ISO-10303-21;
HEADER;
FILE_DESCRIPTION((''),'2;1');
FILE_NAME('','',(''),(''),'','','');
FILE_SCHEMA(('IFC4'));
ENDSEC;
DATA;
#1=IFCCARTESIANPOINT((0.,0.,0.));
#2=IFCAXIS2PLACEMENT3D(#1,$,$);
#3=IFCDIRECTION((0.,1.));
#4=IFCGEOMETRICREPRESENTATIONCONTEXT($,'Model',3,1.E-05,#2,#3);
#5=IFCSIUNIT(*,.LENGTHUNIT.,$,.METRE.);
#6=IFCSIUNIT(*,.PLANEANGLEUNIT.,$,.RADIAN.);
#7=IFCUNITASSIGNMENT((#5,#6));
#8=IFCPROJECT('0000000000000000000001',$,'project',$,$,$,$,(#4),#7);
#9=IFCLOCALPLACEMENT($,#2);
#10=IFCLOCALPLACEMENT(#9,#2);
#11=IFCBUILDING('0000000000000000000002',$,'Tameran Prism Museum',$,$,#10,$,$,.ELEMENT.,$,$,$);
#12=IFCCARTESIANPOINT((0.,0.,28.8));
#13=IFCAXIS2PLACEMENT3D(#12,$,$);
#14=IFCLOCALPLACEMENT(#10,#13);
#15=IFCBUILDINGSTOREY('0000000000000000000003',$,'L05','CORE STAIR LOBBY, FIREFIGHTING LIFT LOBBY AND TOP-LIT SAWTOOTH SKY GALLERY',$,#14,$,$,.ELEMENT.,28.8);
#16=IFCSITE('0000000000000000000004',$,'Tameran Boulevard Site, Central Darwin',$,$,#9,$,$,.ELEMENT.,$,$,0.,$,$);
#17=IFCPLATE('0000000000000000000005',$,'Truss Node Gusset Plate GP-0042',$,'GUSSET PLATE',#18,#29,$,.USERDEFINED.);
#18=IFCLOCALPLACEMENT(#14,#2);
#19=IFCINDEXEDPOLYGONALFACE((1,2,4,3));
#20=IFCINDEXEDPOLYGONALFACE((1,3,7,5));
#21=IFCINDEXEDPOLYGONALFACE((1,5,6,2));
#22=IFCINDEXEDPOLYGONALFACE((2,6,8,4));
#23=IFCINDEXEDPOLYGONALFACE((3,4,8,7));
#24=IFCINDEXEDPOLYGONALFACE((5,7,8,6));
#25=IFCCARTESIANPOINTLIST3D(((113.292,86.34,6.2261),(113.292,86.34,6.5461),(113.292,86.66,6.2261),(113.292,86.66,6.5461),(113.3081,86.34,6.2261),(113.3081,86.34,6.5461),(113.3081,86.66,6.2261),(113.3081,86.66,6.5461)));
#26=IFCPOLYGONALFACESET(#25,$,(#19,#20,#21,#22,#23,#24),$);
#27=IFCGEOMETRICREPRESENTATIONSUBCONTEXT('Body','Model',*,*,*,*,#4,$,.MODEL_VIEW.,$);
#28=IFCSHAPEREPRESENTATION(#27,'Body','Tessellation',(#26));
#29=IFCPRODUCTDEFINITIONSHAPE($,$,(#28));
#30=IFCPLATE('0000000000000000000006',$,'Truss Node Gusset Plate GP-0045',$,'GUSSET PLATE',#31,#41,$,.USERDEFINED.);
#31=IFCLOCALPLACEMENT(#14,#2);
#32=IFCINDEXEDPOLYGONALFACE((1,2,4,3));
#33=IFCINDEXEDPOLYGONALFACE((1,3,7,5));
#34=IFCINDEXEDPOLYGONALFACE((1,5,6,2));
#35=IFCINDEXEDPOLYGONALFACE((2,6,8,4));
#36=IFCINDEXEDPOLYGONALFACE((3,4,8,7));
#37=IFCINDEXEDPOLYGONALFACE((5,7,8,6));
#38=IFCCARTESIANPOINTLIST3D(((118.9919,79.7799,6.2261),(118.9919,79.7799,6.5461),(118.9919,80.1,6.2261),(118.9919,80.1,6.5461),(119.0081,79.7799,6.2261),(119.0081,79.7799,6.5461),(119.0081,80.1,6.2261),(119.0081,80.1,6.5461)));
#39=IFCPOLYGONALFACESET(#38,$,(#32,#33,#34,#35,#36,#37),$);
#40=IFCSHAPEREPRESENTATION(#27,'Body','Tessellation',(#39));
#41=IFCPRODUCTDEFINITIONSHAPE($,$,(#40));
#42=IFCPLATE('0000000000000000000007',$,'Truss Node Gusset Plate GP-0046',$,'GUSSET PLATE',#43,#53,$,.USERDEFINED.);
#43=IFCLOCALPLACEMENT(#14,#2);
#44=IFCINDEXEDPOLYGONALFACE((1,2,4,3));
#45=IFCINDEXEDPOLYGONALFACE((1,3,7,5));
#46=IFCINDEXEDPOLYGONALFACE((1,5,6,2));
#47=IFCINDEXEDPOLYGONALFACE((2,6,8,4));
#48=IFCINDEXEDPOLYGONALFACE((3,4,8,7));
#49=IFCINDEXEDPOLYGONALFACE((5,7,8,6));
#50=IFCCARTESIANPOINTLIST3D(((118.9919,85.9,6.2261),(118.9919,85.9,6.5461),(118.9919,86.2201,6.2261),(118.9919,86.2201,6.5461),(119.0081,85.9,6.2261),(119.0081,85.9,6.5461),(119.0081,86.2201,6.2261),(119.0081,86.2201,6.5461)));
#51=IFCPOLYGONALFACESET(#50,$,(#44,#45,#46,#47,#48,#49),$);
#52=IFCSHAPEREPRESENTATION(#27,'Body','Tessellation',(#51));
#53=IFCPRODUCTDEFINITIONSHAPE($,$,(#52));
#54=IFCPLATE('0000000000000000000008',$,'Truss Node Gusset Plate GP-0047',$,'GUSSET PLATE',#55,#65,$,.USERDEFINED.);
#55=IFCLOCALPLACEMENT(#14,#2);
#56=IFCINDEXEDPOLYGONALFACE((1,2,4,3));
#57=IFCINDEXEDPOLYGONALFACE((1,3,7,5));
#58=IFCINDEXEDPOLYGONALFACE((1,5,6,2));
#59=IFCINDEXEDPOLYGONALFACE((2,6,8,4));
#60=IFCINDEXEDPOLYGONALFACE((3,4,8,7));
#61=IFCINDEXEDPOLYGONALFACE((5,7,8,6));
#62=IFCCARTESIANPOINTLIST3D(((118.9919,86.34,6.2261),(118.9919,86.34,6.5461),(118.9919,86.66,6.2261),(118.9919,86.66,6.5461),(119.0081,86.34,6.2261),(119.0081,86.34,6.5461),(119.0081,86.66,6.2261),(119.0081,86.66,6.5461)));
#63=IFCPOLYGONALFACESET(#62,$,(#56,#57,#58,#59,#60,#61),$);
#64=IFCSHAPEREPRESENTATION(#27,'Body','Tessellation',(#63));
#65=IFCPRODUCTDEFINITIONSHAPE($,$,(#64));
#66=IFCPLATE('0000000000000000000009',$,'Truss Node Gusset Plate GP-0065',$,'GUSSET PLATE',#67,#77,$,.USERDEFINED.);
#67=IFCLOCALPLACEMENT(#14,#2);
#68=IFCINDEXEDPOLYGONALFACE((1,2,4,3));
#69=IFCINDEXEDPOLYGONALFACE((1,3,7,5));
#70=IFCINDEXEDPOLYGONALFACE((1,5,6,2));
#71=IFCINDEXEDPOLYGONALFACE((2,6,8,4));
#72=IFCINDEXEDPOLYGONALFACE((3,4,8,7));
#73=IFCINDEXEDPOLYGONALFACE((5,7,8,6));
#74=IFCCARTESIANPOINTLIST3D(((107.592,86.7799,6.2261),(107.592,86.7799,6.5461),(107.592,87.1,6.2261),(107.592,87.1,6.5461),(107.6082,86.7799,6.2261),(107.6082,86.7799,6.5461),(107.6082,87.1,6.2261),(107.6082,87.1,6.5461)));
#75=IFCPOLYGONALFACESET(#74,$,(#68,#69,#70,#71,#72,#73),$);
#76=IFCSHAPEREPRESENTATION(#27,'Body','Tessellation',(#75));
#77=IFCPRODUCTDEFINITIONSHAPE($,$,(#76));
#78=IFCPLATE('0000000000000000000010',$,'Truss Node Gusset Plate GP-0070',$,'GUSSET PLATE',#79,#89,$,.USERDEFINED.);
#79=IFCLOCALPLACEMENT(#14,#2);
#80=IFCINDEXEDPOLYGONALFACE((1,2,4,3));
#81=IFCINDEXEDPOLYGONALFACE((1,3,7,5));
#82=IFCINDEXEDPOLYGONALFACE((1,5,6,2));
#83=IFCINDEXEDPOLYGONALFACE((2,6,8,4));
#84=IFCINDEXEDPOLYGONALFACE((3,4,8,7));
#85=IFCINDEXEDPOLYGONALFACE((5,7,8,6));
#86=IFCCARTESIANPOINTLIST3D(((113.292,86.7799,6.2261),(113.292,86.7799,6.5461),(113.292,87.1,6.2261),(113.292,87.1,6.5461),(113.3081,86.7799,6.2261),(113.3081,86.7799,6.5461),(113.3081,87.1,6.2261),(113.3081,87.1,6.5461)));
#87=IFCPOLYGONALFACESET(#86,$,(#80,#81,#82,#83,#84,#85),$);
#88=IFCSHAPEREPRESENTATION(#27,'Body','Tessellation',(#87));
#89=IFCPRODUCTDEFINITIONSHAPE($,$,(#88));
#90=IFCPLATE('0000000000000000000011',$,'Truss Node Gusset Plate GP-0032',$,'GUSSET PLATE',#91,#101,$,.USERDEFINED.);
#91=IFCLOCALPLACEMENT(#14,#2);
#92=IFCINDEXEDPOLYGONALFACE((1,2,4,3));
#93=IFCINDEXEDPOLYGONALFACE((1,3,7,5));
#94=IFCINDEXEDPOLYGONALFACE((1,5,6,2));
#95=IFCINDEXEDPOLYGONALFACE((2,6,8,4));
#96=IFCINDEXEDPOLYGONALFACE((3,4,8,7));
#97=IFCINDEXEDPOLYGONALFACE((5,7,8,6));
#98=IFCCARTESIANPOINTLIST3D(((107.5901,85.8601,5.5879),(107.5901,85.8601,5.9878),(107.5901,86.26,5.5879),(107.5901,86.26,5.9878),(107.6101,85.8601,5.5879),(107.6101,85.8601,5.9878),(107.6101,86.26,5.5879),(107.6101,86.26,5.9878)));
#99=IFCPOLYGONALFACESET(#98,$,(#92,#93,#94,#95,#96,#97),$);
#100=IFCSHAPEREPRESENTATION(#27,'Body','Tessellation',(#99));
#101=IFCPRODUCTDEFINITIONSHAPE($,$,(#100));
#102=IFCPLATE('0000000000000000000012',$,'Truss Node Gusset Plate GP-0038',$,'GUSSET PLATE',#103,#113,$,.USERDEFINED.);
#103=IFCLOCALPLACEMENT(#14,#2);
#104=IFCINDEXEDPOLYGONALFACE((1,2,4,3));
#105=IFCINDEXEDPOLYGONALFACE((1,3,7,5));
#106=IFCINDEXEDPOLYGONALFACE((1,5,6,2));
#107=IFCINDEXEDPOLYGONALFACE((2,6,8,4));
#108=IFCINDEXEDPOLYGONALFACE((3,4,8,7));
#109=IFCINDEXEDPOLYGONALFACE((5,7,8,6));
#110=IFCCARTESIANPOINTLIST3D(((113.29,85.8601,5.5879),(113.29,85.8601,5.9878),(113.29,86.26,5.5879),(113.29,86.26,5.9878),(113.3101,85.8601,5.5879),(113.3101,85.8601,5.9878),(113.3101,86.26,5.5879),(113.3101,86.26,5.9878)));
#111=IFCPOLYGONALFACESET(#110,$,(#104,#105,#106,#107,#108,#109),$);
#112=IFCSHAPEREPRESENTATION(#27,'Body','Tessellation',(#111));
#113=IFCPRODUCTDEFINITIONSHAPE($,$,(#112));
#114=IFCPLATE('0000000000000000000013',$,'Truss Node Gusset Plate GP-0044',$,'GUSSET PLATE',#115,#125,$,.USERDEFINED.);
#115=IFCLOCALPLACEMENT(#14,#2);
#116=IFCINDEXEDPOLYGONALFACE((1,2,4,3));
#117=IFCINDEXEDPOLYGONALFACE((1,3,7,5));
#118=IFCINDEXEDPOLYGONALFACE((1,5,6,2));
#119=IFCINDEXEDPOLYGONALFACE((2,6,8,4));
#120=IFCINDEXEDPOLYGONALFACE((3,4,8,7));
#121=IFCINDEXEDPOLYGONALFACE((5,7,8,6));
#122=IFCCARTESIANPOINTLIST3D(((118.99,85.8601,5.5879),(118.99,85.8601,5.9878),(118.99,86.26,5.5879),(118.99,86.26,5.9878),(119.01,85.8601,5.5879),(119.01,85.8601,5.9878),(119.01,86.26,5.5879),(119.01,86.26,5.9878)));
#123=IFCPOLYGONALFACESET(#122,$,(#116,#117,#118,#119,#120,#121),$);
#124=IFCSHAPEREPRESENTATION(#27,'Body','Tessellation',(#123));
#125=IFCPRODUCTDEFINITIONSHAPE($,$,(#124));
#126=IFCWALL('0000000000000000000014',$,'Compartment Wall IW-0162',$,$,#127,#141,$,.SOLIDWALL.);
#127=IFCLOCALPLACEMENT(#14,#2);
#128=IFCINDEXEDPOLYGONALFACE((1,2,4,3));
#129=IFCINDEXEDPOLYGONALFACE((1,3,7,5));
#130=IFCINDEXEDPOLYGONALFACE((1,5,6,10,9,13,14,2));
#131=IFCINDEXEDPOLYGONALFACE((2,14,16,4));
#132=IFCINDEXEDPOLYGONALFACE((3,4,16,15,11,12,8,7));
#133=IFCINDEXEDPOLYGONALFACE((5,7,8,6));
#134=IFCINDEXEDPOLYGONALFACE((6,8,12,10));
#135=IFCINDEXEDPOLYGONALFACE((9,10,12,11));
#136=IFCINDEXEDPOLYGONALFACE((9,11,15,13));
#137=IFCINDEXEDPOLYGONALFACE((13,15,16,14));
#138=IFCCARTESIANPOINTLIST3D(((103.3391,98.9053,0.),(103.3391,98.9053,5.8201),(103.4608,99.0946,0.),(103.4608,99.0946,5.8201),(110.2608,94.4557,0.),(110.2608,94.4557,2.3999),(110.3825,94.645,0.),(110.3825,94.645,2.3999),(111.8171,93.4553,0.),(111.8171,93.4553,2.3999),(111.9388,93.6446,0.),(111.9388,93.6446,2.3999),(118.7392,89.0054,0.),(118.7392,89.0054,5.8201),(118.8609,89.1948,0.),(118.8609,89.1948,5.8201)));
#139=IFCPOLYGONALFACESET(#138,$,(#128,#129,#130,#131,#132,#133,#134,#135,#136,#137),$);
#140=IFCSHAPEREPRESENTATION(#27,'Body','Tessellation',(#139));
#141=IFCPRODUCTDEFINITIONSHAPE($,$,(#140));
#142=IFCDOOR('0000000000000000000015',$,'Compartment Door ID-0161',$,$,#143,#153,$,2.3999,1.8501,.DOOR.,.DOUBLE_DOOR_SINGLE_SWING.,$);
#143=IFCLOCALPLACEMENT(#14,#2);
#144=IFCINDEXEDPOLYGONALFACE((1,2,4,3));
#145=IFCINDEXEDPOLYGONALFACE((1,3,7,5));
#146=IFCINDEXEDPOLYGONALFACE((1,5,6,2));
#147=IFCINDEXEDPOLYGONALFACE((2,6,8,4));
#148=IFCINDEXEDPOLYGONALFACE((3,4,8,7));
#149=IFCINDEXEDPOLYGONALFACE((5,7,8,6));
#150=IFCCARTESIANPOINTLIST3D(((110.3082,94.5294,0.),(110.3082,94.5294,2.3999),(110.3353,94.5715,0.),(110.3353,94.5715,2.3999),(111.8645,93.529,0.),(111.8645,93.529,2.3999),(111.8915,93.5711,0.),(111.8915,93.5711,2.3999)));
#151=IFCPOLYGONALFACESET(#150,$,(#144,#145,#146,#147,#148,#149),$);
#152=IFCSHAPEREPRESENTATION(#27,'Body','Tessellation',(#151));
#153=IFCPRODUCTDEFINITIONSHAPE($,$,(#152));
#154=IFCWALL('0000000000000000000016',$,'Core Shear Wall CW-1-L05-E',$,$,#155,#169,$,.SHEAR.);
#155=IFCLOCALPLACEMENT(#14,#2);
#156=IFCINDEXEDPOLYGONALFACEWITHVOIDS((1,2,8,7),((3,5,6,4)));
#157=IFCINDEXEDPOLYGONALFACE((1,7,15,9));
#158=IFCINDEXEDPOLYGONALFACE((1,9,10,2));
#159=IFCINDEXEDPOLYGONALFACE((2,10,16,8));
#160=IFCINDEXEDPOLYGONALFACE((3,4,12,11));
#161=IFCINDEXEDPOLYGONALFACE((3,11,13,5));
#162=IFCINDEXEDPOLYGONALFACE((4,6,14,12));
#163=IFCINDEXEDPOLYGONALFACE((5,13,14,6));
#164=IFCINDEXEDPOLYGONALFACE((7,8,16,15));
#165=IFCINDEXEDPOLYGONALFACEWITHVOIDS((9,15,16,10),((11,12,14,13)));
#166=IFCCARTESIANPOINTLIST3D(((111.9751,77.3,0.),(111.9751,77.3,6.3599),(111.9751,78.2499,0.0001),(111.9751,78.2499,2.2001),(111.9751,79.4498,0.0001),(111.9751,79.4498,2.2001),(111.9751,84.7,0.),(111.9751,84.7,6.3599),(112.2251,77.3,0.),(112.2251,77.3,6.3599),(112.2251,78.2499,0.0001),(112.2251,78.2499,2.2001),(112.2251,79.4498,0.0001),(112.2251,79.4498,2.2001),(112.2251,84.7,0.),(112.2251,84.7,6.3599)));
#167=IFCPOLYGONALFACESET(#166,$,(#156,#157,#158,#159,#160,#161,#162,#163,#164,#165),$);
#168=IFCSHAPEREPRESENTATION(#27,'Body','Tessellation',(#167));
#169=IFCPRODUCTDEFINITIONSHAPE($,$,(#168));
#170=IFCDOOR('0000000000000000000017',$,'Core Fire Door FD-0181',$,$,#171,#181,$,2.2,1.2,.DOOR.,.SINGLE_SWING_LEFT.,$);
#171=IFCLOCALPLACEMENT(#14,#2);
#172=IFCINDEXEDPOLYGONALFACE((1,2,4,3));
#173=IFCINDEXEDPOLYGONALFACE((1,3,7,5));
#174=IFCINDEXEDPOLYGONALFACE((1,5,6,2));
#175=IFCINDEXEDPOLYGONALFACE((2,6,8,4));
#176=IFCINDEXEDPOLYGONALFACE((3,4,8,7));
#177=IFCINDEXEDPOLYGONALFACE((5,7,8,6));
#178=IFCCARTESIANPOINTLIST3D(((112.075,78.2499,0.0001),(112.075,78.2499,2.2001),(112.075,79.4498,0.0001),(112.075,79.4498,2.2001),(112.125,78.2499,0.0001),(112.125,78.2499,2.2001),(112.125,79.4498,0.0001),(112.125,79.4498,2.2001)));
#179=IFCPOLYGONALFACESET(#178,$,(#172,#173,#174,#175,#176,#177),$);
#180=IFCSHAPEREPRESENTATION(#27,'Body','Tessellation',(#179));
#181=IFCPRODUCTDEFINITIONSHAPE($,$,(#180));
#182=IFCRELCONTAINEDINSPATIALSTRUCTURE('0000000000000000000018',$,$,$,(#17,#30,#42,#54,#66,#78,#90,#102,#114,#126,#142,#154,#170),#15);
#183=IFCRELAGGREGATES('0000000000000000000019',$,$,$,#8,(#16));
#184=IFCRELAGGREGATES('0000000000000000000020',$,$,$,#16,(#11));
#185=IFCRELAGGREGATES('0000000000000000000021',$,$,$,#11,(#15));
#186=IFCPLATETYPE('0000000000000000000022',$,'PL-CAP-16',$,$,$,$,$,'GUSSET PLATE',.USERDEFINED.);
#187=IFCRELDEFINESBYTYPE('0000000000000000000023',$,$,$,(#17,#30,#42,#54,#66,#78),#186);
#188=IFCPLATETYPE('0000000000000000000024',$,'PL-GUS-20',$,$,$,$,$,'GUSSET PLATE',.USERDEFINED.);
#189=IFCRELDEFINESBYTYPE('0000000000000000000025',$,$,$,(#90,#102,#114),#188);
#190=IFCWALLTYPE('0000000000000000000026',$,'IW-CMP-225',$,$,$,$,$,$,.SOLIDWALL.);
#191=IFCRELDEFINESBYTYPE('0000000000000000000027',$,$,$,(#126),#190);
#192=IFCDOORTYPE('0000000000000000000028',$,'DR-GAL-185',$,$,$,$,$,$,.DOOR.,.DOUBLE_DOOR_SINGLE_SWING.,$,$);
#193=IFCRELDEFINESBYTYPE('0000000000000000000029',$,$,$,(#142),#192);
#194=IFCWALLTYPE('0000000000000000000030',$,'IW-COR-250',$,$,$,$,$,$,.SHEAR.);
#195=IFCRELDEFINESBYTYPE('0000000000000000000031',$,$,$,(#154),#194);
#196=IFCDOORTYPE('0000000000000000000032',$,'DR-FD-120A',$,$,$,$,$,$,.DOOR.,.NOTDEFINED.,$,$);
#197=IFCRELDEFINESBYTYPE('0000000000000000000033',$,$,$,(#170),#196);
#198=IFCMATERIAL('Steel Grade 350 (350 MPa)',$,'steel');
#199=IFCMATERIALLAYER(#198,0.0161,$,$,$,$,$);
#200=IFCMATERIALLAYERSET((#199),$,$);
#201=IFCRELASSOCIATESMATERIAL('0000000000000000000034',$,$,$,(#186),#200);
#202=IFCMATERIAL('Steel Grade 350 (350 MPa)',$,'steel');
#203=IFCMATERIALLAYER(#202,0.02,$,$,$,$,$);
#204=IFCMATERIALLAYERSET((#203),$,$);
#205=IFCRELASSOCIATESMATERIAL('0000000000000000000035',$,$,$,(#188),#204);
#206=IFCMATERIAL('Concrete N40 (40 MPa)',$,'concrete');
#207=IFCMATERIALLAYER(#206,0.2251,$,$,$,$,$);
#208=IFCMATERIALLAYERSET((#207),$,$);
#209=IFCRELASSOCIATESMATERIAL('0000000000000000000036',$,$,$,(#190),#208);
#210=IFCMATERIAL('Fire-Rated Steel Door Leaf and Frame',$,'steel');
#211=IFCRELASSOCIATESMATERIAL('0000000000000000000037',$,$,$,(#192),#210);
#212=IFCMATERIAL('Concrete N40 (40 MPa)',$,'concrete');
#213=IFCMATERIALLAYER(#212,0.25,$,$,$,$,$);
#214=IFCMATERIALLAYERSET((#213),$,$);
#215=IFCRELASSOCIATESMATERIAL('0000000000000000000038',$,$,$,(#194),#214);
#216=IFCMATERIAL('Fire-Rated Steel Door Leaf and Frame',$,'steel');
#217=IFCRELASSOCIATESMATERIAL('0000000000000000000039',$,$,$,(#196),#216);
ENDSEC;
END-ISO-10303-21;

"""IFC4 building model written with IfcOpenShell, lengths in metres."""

from ifc_helpers import new_model, si_unit, direction, frame, frame_2d, origin, origin_2d, place, context, subcontext, project, spatial, rectangle, extrude, material, layer, layer_set, type_object, element, fill, save


model = new_model("IFC4")

# Units and contexts
model_context = context("Model", 3, precision=1e-05, world=origin(), true_north=direction((0.0, 1.0)))
body_context = subcontext(model_context, "Body", "Model", "MODEL_VIEW")
ifc_project = project(units=[si_unit("LENGTHUNIT", "METRE"), si_unit("PLANEANGLEUNIT", "RADIAN")], contexts=[model_context])

# Site, building, storey
site_placement = place(None, origin())
site = spatial("IfcSite", under=ifc_project, at=site_placement, Name="Tameran Boulevard Site, Central Darwin", CompositionType="ELEMENT", RefElevation=0.0)
building_placement = place(site_placement, origin())
building = spatial("IfcBuilding", under=site, at=building_placement, Name="Tameran Prism Museum", CompositionType="ELEMENT")
storey_placement = place(building_placement, frame((0.0, 0.0, 28.8)))
storey = spatial("IfcBuildingStorey", under=building, at=storey_placement, Name="L05", Description="CORE STAIR LOBBY, FIREFIGHTING LIFT LOBBY AND TOP-LIT SAWTOOTH SKY GALLERY", CompositionType="ELEMENT", Elevation=28.8)

# Plates
ifc_material_1 = material(Name="Steel Grade 350 (350 MPa)", Category="steel")
ifc_layer_1 = layer(ifc_material_1, 0.0161)
ifc_layer_set_1 = layer_set([ifc_layer_1])
plate_type_1 = type_object("IfcPlateType", Name="PL-CAP-16", ElementType="GUSSET PLATE", PredefinedType="USERDEFINED", material=ifc_layer_set_1)
for number, where, z_axis, x_axis, name in (
    (1, (113.3, 86.5, 6.2261), (0.0, 0.0, 1.0), (1.0, 0.0, 0.0), "Truss Node Gusset Plate GP-0042"),
    (2, (119.0, 79.9399, 6.2261), (0.0, 0.0, 1.0), (1.0, 0.0, 0.0), "Truss Node Gusset Plate GP-0045"),
    (3, (119.0, 86.0601, 6.2261), (0.0, 0.0, 1.0), (1.0, 0.0, 0.0), "Truss Node Gusset Plate GP-0046"),
    (4, (119.0, 86.5, 6.2261), (0.0, 0.0, 1.0), (1.0, 0.0, 0.0), "Truss Node Gusset Plate GP-0047"),
    (5, (107.6001, 86.9399, 6.2261), (0.0, 0.0, 1.0), (1.0, 0.0, 0.0), "Truss Node Gusset Plate GP-0065"),
    (6, (113.3, 86.9399, 6.2261), (0.0, 0.0, 1.0), (1.0, 0.0, 0.0), "Truss Node Gusset Plate GP-0070"),
):
    element("IfcPlate", number, at=place(storey_placement, frame(where, z_axis=z_axis, x_axis=x_axis)), inside=storey, type_object=plate_type_1, Name=name, ObjectType="GUSSET PLATE", PredefinedType="USERDEFINED", context=body_context, shape_type="SweptSolid", body=[
        extrude(rectangle(XDim=0.0161, YDim=0.3201, at=origin_2d()), origin(), (0.0, 0.0, 1.0), 0.3201),
    ])
ifc_material_2 = material(Name="Steel Grade 350 (350 MPa)", Category="steel")
ifc_layer_2 = layer(ifc_material_2, 0.02)
ifc_layer_set_2 = layer_set([ifc_layer_2])
plate_type_2 = type_object("IfcPlateType", Name="PL-GUS-20", ElementType="GUSSET PLATE", PredefinedType="USERDEFINED", material=ifc_layer_set_2)
for number, where, z_axis, x_axis, name in (
    (7, (107.6001, 86.0601, 5.5879), (0.0, 0.0, 1.0), (1.0, 0.0, 0.0), "Truss Node Gusset Plate GP-0032"),
    (8, (113.3, 86.0601, 5.5879), (0.0, 0.0, 1.0), (1.0, 0.0, 0.0), "Truss Node Gusset Plate GP-0038"),
    (9, (119.0, 86.0601, 5.5879), (0.0, 0.0, 1.0), (1.0, 0.0, 0.0), "Truss Node Gusset Plate GP-0044"),
):
    element("IfcPlate", number, at=place(storey_placement, frame(where, z_axis=z_axis, x_axis=x_axis)), inside=storey, type_object=plate_type_2, Name=name, ObjectType="GUSSET PLATE", PredefinedType="USERDEFINED", context=body_context, shape_type="SweptSolid", body=[
        extrude(rectangle(XDim=0.02, YDim=0.3999, at=origin_2d()), origin(), (0.0, 0.0, 1.0), 0.3999),
    ])

# Walls, openings, doors
ifc_material_3 = material(Name="Concrete N40 (40 MPa)", Category="concrete")
ifc_layer_3 = layer(ifc_material_3, 0.2251)
ifc_layer_set_3 = layer_set([ifc_layer_3])
wall_type_1 = type_object("IfcWallType", Name="IW-CMP-225", PredefinedType="SOLIDWALL", material=ifc_layer_set_3)
wall_1_placement = place(storey_placement, frame((118.8, 89.1001, 0.0), z_axis=(0.0, 0.0, 1.0), x_axis=(-0.841183, 0.54075, 0.0)))
wall_1 = element("IfcWall", 10, at=wall_1_placement, inside=storey, type_object=wall_type_1, Name="Compartment Wall IW-0162", PredefinedType="SOLIDWALL", context=body_context, shape_type="SweptSolid", body=[
    extrude(rectangle(XDim=18.3076, YDim=0.2251, at=frame_2d((9.1538, 0.0))), origin(), (0.0, 0.0, 1.0), 5.8201),
])
opening_1_placement = place(wall_1_placement, frame((8.229, 0.0, 0.0)))
opening_1 = element("IfcOpeningElement", 11, at=opening_1_placement, cuts=wall_1, PredefinedType="OPENING", context=body_context, shape_type="SweptSolid", body=[
    extrude(rectangle(XDim=1.8501, YDim=2.3999, at=frame_2d((0.925, 1.2))), frame((0.0, 0.1226, 0.0), z_axis=(0.0, -1.0, 0.0), x_axis=(1.0, 0.0, 0.0)), (0.0, 0.0, 1.0), 0.2451),
])
ifc_material_4 = material(Name="Fire-Rated Steel Door Leaf and Frame", Category="steel")
door_type_1 = type_object("IfcDoorType", Name="DR-GAL-185", OperationType="DOUBLE_DOOR_SINGLE_SWING", PredefinedType="DOOR", material=ifc_material_4)
door_1_placement = place(opening_1_placement, origin())
door_1 = element("IfcDoor", 12, at=door_1_placement, inside=storey, type_object=door_type_1, Name="Compartment Door ID-0161", OperationType="DOUBLE_DOOR_SINGLE_SWING", OverallHeight=2.3999, OverallWidth=1.8501, PredefinedType="DOOR", context=body_context, shape_type="SweptSolid", body=[
    extrude(rectangle(XDim=1.8501, YDim=2.3999, at=frame_2d((0.925, 1.2))), frame((0.0, 0.0249, 0.0), z_axis=(0.0, -1.0, 0.0), x_axis=(1.0, 0.0, 0.0)), (0.0, 0.0, 1.0), 0.05),
])
fill(opening_1, door_1)
ifc_material_5 = material(Name="Concrete N40 (40 MPa)", Category="concrete")
ifc_layer_4 = layer(ifc_material_5, 0.25)
ifc_layer_set_4 = layer_set([ifc_layer_4])
wall_type_2 = type_object("IfcWallType", Name="IW-COR-250", PredefinedType="SHEAR", material=ifc_layer_set_4)
wall_2_placement = place(storey_placement, frame((112.1001, 84.7, 0.0), z_axis=(0.0, 0.0, 1.0), x_axis=(0.0, -1.0, 0.0)))
wall_2 = element("IfcWall", 13, at=wall_2_placement, inside=storey, type_object=wall_type_2, Name="Core Shear Wall CW-1-L05-E", PredefinedType="SHEAR", context=body_context, shape_type="SweptSolid", body=[
    extrude(rectangle(XDim=7.3999, YDim=0.25, at=frame_2d((3.7, 0.0))), origin(), (0.0, 0.0, 1.0), 6.3599),
])
opening_2_placement = place(wall_2_placement, frame((5.25, 0.0, 0.0)))
opening_2 = element("IfcOpeningElement", 14, at=opening_2_placement, cuts=wall_2, PredefinedType="OPENING", context=body_context, shape_type="SweptSolid", body=[
    extrude(rectangle(XDim=1.2, YDim=2.2, at=frame_2d((0.6001, 1.1001))), frame((0.0, 0.135, 0.0), z_axis=(0.0, -1.0, 0.0), x_axis=(1.0, 0.0, 0.0)), (0.0, 0.0, 1.0), 0.27),
])
ifc_material_6 = material(Name="Fire-Rated Steel Door Leaf and Frame", Category="steel")
door_type_2 = type_object("IfcDoorType", Name="DR-FD-120A", OperationType="NOTDEFINED", PredefinedType="DOOR", material=ifc_material_6)
door_2_placement = place(opening_2_placement, origin())
door_2 = element("IfcDoor", 15, at=door_2_placement, inside=storey, type_object=door_type_2, Name="Core Fire Door FD-0181", OperationType="SINGLE_SWING_LEFT", OverallHeight=2.2, OverallWidth=1.2, PredefinedType="DOOR", context=body_context, shape_type="SweptSolid", body=[
    extrude(rectangle(XDim=1.2, YDim=2.2, at=frame_2d((0.6001, 1.1001))), frame((0.0, 0.0249, 0.0), z_axis=(0.0, -1.0, 0.0), x_axis=(1.0, 0.0, 0.0)), (0.0, 0.0, 1.0), 0.05),
])
fill(opening_2, door_2)

save(model, "model.ifc")
